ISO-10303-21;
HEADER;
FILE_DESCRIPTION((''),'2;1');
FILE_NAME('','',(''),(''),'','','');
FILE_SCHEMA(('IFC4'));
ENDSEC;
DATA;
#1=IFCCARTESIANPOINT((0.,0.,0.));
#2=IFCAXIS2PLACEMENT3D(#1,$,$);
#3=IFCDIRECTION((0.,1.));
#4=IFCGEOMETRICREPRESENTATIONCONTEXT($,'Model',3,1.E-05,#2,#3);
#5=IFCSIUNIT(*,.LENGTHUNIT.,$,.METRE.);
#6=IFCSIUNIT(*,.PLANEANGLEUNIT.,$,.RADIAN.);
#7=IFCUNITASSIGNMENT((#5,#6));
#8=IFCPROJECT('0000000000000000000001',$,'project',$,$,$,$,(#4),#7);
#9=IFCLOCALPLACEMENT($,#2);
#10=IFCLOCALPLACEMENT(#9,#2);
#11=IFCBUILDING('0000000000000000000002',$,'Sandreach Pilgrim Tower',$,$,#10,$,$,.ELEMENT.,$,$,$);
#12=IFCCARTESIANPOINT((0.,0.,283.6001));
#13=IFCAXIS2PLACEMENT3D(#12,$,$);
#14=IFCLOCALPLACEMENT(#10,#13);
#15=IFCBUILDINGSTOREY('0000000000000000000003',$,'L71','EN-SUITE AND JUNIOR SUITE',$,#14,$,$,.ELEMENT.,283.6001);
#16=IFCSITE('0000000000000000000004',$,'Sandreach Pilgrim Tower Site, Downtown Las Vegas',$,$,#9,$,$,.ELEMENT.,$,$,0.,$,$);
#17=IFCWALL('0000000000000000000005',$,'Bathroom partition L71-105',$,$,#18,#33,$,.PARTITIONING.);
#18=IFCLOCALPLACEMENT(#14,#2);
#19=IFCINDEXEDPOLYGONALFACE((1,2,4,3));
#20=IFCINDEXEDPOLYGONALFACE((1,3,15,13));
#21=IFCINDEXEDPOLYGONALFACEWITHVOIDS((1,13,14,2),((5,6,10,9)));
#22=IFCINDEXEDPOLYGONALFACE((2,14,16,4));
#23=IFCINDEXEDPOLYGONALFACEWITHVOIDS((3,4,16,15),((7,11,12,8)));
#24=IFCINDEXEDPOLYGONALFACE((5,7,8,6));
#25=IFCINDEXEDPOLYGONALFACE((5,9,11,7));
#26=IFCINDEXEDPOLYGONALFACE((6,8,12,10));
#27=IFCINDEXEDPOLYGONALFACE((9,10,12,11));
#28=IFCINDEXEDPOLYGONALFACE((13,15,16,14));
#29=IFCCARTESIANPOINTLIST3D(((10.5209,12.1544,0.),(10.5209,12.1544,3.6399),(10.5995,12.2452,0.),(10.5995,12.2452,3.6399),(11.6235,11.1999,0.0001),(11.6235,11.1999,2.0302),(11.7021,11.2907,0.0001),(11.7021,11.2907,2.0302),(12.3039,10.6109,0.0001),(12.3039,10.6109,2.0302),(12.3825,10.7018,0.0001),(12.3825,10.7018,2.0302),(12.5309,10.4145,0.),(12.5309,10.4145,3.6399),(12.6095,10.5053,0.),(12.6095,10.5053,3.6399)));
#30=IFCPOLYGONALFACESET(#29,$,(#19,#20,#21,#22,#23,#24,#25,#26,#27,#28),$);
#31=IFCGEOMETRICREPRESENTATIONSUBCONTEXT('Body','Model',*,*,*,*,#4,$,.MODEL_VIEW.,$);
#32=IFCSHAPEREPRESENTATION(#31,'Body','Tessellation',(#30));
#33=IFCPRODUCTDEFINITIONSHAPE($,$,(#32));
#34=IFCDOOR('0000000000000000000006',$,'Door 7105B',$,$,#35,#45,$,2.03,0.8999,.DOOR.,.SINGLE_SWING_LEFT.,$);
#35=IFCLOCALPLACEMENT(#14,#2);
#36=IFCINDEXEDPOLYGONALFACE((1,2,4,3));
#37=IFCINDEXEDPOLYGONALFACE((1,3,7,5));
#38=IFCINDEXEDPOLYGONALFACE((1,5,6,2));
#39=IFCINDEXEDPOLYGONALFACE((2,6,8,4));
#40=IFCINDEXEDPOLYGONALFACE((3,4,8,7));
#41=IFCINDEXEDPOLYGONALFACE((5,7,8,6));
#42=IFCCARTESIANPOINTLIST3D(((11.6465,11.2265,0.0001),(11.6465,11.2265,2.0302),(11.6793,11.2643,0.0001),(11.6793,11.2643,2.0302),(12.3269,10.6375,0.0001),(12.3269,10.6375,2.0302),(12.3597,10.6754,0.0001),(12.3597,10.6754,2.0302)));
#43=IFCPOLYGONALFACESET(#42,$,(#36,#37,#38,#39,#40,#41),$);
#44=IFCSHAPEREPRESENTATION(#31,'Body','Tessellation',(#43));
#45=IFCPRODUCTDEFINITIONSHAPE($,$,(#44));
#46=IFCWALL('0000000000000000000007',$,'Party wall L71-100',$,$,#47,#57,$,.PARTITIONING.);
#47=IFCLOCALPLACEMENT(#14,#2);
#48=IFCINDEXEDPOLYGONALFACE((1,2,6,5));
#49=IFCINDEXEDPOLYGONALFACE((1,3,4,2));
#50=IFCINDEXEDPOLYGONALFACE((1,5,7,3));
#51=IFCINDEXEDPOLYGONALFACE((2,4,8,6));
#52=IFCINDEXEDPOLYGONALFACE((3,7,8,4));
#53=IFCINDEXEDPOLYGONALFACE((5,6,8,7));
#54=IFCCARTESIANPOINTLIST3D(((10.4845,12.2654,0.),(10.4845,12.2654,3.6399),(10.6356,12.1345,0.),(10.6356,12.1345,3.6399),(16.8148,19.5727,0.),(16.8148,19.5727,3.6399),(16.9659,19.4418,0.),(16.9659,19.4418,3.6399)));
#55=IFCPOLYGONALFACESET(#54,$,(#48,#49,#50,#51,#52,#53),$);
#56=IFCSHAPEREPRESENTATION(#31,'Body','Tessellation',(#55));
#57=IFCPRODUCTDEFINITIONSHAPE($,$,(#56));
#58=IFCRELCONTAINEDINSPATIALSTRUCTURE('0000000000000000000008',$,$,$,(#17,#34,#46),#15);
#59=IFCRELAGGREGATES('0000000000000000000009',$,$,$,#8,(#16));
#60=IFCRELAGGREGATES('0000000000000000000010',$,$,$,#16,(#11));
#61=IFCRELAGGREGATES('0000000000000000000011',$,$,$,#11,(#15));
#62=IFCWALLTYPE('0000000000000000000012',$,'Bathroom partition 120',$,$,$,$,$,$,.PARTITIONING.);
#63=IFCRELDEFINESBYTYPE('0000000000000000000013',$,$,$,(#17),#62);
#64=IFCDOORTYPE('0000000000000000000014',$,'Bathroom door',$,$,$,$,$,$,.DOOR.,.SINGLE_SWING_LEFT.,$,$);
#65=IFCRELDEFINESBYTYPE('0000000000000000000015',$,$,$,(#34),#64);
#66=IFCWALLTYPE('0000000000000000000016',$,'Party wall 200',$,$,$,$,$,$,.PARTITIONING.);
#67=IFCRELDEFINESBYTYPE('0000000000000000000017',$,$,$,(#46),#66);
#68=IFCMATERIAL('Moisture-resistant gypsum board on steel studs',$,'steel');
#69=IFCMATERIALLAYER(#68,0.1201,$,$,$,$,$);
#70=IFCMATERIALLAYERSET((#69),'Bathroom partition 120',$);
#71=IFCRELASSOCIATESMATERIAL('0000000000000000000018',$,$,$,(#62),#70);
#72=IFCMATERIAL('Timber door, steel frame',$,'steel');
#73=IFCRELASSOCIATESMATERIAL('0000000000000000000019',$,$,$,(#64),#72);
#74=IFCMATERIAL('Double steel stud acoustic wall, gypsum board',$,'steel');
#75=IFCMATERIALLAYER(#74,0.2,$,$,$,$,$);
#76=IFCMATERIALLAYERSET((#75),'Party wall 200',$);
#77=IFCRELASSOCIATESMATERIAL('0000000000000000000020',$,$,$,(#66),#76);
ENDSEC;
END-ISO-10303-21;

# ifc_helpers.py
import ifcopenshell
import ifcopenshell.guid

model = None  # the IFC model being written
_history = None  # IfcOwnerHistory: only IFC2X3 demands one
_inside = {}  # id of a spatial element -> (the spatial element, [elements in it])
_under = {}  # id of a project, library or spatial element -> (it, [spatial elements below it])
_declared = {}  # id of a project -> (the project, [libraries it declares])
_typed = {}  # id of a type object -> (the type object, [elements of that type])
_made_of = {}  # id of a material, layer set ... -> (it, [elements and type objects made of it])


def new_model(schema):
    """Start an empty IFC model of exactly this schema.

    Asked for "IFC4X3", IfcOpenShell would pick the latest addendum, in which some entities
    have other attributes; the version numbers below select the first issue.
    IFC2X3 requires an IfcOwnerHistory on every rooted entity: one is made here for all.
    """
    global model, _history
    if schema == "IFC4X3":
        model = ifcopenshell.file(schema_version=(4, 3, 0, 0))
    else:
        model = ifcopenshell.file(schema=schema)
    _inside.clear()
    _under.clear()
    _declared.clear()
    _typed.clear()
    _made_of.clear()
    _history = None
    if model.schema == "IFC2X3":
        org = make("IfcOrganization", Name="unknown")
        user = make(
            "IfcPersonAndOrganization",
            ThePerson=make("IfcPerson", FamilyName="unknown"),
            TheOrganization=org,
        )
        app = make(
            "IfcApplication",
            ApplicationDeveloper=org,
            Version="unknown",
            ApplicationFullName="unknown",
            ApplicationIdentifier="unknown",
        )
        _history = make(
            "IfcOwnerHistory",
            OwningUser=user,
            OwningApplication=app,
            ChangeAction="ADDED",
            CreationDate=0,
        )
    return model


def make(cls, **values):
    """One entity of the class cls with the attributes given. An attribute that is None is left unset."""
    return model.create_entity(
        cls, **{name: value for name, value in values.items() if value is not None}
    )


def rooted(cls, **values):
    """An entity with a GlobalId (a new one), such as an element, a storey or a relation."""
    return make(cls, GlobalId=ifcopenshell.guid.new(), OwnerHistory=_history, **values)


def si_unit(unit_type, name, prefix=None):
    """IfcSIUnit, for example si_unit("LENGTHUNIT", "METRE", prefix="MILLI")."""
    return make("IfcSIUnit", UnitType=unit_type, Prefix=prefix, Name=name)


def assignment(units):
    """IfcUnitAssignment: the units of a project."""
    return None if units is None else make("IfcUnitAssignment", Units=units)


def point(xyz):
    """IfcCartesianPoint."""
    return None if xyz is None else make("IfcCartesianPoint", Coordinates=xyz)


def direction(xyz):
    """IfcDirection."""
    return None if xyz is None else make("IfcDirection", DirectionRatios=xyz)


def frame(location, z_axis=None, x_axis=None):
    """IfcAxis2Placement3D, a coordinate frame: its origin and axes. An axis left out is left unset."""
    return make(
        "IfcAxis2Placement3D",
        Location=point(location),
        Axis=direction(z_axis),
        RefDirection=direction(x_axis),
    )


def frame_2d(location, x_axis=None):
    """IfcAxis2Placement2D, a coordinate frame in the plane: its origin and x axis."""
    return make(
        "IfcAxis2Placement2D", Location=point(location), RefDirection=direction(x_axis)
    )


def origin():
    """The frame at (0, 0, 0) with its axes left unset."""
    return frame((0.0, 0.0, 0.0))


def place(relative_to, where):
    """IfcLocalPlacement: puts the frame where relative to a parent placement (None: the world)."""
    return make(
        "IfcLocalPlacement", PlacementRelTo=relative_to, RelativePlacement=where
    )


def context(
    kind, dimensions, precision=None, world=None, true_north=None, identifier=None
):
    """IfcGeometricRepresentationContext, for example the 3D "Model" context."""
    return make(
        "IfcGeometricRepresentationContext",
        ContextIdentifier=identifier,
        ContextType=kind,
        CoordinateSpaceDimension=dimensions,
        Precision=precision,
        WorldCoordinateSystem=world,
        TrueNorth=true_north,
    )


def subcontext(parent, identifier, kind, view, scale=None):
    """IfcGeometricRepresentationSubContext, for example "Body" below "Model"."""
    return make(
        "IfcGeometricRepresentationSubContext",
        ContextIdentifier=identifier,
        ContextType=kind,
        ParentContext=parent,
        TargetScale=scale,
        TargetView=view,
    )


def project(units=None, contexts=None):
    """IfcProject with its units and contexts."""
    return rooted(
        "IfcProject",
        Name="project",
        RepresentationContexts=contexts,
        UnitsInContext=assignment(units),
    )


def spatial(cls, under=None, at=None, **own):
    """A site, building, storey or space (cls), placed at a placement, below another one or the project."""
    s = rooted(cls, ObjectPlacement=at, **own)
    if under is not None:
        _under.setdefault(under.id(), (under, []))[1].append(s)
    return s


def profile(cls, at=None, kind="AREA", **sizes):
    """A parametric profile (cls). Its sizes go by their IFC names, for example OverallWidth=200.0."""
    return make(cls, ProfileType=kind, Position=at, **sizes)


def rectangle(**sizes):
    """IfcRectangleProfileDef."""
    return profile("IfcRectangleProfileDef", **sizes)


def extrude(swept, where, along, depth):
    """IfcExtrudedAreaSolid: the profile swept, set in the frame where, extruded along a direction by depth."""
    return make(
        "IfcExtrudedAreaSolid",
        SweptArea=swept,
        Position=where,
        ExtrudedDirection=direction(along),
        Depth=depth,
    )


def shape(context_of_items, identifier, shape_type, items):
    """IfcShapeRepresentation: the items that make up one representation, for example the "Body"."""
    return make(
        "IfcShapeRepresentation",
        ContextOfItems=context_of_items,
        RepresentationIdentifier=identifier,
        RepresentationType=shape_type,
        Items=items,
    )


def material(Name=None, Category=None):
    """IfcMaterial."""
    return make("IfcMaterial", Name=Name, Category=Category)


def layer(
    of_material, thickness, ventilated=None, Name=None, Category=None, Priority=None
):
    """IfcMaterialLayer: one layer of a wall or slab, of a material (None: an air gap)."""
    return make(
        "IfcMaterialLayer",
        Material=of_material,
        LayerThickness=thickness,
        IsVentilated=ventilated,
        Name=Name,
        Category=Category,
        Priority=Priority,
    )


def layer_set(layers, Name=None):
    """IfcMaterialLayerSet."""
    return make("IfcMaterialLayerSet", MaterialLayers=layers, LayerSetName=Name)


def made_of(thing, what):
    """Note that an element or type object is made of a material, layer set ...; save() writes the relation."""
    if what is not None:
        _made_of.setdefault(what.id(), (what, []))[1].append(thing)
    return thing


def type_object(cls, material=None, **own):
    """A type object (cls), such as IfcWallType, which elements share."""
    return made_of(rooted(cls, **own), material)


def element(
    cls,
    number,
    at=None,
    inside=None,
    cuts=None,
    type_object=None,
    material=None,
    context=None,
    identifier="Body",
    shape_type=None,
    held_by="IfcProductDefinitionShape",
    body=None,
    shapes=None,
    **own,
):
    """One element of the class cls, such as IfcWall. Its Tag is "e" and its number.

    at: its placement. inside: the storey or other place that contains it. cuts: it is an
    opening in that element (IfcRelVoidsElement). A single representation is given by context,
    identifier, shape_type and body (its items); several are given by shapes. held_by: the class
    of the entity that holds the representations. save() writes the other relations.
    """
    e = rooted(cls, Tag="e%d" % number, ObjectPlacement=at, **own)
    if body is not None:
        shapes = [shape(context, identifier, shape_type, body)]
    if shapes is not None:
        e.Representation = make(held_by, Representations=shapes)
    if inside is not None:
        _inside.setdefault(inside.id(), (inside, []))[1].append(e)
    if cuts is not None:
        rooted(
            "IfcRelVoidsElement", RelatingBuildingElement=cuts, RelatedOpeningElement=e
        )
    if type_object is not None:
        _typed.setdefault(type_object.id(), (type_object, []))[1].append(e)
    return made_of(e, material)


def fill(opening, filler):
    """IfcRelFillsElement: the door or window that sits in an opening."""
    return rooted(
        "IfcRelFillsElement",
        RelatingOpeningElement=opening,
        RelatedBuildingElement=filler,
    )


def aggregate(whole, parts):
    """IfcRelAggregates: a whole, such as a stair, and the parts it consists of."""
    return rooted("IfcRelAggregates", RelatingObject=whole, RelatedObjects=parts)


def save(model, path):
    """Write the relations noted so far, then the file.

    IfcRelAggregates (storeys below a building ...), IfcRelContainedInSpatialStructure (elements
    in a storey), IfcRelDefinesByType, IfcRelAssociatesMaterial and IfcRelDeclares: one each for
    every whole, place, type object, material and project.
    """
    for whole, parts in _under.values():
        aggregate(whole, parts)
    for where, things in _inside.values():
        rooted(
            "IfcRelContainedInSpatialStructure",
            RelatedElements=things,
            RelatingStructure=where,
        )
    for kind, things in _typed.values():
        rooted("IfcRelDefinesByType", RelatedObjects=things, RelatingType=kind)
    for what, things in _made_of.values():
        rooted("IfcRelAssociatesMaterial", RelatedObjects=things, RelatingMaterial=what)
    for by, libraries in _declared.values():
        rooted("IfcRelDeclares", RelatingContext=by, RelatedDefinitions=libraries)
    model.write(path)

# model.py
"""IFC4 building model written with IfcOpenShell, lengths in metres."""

from ifc_helpers import new_model, si_unit, direction, frame, frame_2d, origin, place, context, subcontext, project, spatial, rectangle, extrude, material, layer, layer_set, type_object, element, fill, save


model = new_model("IFC4")

# Units and contexts
model_context = context("Model", 3, precision=1e-05, world=origin(), true_north=direction((0.0, 1.0)))
body_context = subcontext(model_context, "Body", "Model", "MODEL_VIEW")
ifc_project = project(units=[si_unit("LENGTHUNIT", "METRE"), si_unit("PLANEANGLEUNIT", "RADIAN")], contexts=[model_context])

# Site, building, storey
site_placement = place(None, origin())
site = spatial("IfcSite", under=ifc_project, at=site_placement, Name="Sandreach Pilgrim Tower Site, Downtown Las Vegas", CompositionType="ELEMENT", RefElevation=0.0)
building_placement = place(site_placement, origin())
building = spatial("IfcBuilding", under=site, at=building_placement, Name="Sandreach Pilgrim Tower", CompositionType="ELEMENT")
storey_placement = place(building_placement, frame((0.0, 0.0, 283.6001)))
storey = spatial("IfcBuildingStorey", under=building, at=storey_placement, Name="L71", Description="EN-SUITE AND JUNIOR SUITE", CompositionType="ELEMENT", Elevation=283.6001)

# Shared definitions
ifc_material_1 = material(Name="Moisture-resistant gypsum board on steel studs", Category="steel")
ifc_layer_1 = layer(ifc_material_1, 0.1201)
ifc_layer_set_1 = layer_set([ifc_layer_1], Name="Bathroom partition 120")
wall_type_1 = type_object("IfcWallType", Name="Bathroom partition 120", PredefinedType="PARTITIONING", material=ifc_layer_set_1)
ifc_material_2 = material(Name="Timber door, steel frame", Category="steel")
door_type_1 = type_object("IfcDoorType", Name="Bathroom door", OperationType="SINGLE_SWING_LEFT", PredefinedType="DOOR", material=ifc_material_2)

# Wall, opening, door
wall_1_placement = place(storey_placement, frame((12.5701, 10.46, 0.0), z_axis=(0.0, 0.0, 1.0), x_axis=(-0.756065, 0.654497, 0.0)))
wall_1 = element("IfcWall", 1, at=wall_1_placement, inside=storey, type_object=wall_type_1, Name="Bathroom partition L71-105", PredefinedType="PARTITIONING", context=body_context, shape_type="SweptSolid", body=[
    extrude(rectangle(XDim=2.6584, YDim=0.1201, at=frame_2d((1.3291, 0.0))), origin(), (0.0, 0.0, 1.0), 3.6399),
])
opening_1_placement = place(wall_1_placement, frame((0.3, 0.0, 0.0)))
opening_1 = element("IfcOpeningElement", 2, at=opening_1_placement, cuts=wall_1, PredefinedType="OPENING", context=body_context, shape_type="SweptSolid", body=[
    extrude(rectangle(XDim=0.8999, YDim=2.03, at=frame_2d((0.45, 1.0151))), frame((0.0, 0.0601, 0.0), z_axis=(0.0, -1.0, 0.0), x_axis=(1.0, 0.0, 0.0)), (0.0, 0.0, 1.0), 0.1201),
])
door_1_placement = place(opening_1_placement, origin())
door_1 = element("IfcDoor", 3, at=door_1_placement, inside=storey, type_object=door_type_1, Name="Door 7105B", OperationType="SINGLE_SWING_LEFT", OverallHeight=2.03, OverallWidth=0.8999, PredefinedType="DOOR", context=body_context, shape_type="SweptSolid", body=[
    extrude(rectangle(XDim=0.8999, YDim=2.03, at=frame_2d((0.45, 1.0151))), frame((0.0, 0.0249, 0.0), z_axis=(0.0, -1.0, 0.0), x_axis=(1.0, 0.0, 0.0)), (0.0, 0.0, 1.0), 0.05),
])
fill(opening_1, door_1)

# Wall
ifc_material_3 = material(Name="Double steel stud acoustic wall, gypsum board", Category="steel")
ifc_layer_2 = layer(ifc_material_3, 0.2)
ifc_layer_set_2 = layer_set([ifc_layer_2], Name="Party wall 200")
wall_type_2 = type_object("IfcWallType", Name="Party wall 200", PredefinedType="PARTITIONING", material=ifc_layer_set_2)
wall_2_placement = place(storey_placement, frame((10.5601, 12.2, 0.0), z_axis=(0.0, 0.0, 1.0), x_axis=(0.654769, 0.755829, 0.0)))
element("IfcWall", 4, at=wall_2_placement, inside=storey, type_object=wall_type_2, Name="Party wall L71-100", PredefinedType="PARTITIONING", context=body_context, shape_type="SweptSolid", body=[
    extrude(rectangle(XDim=9.668, YDim=0.2, at=frame_2d((4.834, 0.0))), origin(), (0.0, 0.0, 1.0), 3.6399),
])

save(model, "model.ifc")
